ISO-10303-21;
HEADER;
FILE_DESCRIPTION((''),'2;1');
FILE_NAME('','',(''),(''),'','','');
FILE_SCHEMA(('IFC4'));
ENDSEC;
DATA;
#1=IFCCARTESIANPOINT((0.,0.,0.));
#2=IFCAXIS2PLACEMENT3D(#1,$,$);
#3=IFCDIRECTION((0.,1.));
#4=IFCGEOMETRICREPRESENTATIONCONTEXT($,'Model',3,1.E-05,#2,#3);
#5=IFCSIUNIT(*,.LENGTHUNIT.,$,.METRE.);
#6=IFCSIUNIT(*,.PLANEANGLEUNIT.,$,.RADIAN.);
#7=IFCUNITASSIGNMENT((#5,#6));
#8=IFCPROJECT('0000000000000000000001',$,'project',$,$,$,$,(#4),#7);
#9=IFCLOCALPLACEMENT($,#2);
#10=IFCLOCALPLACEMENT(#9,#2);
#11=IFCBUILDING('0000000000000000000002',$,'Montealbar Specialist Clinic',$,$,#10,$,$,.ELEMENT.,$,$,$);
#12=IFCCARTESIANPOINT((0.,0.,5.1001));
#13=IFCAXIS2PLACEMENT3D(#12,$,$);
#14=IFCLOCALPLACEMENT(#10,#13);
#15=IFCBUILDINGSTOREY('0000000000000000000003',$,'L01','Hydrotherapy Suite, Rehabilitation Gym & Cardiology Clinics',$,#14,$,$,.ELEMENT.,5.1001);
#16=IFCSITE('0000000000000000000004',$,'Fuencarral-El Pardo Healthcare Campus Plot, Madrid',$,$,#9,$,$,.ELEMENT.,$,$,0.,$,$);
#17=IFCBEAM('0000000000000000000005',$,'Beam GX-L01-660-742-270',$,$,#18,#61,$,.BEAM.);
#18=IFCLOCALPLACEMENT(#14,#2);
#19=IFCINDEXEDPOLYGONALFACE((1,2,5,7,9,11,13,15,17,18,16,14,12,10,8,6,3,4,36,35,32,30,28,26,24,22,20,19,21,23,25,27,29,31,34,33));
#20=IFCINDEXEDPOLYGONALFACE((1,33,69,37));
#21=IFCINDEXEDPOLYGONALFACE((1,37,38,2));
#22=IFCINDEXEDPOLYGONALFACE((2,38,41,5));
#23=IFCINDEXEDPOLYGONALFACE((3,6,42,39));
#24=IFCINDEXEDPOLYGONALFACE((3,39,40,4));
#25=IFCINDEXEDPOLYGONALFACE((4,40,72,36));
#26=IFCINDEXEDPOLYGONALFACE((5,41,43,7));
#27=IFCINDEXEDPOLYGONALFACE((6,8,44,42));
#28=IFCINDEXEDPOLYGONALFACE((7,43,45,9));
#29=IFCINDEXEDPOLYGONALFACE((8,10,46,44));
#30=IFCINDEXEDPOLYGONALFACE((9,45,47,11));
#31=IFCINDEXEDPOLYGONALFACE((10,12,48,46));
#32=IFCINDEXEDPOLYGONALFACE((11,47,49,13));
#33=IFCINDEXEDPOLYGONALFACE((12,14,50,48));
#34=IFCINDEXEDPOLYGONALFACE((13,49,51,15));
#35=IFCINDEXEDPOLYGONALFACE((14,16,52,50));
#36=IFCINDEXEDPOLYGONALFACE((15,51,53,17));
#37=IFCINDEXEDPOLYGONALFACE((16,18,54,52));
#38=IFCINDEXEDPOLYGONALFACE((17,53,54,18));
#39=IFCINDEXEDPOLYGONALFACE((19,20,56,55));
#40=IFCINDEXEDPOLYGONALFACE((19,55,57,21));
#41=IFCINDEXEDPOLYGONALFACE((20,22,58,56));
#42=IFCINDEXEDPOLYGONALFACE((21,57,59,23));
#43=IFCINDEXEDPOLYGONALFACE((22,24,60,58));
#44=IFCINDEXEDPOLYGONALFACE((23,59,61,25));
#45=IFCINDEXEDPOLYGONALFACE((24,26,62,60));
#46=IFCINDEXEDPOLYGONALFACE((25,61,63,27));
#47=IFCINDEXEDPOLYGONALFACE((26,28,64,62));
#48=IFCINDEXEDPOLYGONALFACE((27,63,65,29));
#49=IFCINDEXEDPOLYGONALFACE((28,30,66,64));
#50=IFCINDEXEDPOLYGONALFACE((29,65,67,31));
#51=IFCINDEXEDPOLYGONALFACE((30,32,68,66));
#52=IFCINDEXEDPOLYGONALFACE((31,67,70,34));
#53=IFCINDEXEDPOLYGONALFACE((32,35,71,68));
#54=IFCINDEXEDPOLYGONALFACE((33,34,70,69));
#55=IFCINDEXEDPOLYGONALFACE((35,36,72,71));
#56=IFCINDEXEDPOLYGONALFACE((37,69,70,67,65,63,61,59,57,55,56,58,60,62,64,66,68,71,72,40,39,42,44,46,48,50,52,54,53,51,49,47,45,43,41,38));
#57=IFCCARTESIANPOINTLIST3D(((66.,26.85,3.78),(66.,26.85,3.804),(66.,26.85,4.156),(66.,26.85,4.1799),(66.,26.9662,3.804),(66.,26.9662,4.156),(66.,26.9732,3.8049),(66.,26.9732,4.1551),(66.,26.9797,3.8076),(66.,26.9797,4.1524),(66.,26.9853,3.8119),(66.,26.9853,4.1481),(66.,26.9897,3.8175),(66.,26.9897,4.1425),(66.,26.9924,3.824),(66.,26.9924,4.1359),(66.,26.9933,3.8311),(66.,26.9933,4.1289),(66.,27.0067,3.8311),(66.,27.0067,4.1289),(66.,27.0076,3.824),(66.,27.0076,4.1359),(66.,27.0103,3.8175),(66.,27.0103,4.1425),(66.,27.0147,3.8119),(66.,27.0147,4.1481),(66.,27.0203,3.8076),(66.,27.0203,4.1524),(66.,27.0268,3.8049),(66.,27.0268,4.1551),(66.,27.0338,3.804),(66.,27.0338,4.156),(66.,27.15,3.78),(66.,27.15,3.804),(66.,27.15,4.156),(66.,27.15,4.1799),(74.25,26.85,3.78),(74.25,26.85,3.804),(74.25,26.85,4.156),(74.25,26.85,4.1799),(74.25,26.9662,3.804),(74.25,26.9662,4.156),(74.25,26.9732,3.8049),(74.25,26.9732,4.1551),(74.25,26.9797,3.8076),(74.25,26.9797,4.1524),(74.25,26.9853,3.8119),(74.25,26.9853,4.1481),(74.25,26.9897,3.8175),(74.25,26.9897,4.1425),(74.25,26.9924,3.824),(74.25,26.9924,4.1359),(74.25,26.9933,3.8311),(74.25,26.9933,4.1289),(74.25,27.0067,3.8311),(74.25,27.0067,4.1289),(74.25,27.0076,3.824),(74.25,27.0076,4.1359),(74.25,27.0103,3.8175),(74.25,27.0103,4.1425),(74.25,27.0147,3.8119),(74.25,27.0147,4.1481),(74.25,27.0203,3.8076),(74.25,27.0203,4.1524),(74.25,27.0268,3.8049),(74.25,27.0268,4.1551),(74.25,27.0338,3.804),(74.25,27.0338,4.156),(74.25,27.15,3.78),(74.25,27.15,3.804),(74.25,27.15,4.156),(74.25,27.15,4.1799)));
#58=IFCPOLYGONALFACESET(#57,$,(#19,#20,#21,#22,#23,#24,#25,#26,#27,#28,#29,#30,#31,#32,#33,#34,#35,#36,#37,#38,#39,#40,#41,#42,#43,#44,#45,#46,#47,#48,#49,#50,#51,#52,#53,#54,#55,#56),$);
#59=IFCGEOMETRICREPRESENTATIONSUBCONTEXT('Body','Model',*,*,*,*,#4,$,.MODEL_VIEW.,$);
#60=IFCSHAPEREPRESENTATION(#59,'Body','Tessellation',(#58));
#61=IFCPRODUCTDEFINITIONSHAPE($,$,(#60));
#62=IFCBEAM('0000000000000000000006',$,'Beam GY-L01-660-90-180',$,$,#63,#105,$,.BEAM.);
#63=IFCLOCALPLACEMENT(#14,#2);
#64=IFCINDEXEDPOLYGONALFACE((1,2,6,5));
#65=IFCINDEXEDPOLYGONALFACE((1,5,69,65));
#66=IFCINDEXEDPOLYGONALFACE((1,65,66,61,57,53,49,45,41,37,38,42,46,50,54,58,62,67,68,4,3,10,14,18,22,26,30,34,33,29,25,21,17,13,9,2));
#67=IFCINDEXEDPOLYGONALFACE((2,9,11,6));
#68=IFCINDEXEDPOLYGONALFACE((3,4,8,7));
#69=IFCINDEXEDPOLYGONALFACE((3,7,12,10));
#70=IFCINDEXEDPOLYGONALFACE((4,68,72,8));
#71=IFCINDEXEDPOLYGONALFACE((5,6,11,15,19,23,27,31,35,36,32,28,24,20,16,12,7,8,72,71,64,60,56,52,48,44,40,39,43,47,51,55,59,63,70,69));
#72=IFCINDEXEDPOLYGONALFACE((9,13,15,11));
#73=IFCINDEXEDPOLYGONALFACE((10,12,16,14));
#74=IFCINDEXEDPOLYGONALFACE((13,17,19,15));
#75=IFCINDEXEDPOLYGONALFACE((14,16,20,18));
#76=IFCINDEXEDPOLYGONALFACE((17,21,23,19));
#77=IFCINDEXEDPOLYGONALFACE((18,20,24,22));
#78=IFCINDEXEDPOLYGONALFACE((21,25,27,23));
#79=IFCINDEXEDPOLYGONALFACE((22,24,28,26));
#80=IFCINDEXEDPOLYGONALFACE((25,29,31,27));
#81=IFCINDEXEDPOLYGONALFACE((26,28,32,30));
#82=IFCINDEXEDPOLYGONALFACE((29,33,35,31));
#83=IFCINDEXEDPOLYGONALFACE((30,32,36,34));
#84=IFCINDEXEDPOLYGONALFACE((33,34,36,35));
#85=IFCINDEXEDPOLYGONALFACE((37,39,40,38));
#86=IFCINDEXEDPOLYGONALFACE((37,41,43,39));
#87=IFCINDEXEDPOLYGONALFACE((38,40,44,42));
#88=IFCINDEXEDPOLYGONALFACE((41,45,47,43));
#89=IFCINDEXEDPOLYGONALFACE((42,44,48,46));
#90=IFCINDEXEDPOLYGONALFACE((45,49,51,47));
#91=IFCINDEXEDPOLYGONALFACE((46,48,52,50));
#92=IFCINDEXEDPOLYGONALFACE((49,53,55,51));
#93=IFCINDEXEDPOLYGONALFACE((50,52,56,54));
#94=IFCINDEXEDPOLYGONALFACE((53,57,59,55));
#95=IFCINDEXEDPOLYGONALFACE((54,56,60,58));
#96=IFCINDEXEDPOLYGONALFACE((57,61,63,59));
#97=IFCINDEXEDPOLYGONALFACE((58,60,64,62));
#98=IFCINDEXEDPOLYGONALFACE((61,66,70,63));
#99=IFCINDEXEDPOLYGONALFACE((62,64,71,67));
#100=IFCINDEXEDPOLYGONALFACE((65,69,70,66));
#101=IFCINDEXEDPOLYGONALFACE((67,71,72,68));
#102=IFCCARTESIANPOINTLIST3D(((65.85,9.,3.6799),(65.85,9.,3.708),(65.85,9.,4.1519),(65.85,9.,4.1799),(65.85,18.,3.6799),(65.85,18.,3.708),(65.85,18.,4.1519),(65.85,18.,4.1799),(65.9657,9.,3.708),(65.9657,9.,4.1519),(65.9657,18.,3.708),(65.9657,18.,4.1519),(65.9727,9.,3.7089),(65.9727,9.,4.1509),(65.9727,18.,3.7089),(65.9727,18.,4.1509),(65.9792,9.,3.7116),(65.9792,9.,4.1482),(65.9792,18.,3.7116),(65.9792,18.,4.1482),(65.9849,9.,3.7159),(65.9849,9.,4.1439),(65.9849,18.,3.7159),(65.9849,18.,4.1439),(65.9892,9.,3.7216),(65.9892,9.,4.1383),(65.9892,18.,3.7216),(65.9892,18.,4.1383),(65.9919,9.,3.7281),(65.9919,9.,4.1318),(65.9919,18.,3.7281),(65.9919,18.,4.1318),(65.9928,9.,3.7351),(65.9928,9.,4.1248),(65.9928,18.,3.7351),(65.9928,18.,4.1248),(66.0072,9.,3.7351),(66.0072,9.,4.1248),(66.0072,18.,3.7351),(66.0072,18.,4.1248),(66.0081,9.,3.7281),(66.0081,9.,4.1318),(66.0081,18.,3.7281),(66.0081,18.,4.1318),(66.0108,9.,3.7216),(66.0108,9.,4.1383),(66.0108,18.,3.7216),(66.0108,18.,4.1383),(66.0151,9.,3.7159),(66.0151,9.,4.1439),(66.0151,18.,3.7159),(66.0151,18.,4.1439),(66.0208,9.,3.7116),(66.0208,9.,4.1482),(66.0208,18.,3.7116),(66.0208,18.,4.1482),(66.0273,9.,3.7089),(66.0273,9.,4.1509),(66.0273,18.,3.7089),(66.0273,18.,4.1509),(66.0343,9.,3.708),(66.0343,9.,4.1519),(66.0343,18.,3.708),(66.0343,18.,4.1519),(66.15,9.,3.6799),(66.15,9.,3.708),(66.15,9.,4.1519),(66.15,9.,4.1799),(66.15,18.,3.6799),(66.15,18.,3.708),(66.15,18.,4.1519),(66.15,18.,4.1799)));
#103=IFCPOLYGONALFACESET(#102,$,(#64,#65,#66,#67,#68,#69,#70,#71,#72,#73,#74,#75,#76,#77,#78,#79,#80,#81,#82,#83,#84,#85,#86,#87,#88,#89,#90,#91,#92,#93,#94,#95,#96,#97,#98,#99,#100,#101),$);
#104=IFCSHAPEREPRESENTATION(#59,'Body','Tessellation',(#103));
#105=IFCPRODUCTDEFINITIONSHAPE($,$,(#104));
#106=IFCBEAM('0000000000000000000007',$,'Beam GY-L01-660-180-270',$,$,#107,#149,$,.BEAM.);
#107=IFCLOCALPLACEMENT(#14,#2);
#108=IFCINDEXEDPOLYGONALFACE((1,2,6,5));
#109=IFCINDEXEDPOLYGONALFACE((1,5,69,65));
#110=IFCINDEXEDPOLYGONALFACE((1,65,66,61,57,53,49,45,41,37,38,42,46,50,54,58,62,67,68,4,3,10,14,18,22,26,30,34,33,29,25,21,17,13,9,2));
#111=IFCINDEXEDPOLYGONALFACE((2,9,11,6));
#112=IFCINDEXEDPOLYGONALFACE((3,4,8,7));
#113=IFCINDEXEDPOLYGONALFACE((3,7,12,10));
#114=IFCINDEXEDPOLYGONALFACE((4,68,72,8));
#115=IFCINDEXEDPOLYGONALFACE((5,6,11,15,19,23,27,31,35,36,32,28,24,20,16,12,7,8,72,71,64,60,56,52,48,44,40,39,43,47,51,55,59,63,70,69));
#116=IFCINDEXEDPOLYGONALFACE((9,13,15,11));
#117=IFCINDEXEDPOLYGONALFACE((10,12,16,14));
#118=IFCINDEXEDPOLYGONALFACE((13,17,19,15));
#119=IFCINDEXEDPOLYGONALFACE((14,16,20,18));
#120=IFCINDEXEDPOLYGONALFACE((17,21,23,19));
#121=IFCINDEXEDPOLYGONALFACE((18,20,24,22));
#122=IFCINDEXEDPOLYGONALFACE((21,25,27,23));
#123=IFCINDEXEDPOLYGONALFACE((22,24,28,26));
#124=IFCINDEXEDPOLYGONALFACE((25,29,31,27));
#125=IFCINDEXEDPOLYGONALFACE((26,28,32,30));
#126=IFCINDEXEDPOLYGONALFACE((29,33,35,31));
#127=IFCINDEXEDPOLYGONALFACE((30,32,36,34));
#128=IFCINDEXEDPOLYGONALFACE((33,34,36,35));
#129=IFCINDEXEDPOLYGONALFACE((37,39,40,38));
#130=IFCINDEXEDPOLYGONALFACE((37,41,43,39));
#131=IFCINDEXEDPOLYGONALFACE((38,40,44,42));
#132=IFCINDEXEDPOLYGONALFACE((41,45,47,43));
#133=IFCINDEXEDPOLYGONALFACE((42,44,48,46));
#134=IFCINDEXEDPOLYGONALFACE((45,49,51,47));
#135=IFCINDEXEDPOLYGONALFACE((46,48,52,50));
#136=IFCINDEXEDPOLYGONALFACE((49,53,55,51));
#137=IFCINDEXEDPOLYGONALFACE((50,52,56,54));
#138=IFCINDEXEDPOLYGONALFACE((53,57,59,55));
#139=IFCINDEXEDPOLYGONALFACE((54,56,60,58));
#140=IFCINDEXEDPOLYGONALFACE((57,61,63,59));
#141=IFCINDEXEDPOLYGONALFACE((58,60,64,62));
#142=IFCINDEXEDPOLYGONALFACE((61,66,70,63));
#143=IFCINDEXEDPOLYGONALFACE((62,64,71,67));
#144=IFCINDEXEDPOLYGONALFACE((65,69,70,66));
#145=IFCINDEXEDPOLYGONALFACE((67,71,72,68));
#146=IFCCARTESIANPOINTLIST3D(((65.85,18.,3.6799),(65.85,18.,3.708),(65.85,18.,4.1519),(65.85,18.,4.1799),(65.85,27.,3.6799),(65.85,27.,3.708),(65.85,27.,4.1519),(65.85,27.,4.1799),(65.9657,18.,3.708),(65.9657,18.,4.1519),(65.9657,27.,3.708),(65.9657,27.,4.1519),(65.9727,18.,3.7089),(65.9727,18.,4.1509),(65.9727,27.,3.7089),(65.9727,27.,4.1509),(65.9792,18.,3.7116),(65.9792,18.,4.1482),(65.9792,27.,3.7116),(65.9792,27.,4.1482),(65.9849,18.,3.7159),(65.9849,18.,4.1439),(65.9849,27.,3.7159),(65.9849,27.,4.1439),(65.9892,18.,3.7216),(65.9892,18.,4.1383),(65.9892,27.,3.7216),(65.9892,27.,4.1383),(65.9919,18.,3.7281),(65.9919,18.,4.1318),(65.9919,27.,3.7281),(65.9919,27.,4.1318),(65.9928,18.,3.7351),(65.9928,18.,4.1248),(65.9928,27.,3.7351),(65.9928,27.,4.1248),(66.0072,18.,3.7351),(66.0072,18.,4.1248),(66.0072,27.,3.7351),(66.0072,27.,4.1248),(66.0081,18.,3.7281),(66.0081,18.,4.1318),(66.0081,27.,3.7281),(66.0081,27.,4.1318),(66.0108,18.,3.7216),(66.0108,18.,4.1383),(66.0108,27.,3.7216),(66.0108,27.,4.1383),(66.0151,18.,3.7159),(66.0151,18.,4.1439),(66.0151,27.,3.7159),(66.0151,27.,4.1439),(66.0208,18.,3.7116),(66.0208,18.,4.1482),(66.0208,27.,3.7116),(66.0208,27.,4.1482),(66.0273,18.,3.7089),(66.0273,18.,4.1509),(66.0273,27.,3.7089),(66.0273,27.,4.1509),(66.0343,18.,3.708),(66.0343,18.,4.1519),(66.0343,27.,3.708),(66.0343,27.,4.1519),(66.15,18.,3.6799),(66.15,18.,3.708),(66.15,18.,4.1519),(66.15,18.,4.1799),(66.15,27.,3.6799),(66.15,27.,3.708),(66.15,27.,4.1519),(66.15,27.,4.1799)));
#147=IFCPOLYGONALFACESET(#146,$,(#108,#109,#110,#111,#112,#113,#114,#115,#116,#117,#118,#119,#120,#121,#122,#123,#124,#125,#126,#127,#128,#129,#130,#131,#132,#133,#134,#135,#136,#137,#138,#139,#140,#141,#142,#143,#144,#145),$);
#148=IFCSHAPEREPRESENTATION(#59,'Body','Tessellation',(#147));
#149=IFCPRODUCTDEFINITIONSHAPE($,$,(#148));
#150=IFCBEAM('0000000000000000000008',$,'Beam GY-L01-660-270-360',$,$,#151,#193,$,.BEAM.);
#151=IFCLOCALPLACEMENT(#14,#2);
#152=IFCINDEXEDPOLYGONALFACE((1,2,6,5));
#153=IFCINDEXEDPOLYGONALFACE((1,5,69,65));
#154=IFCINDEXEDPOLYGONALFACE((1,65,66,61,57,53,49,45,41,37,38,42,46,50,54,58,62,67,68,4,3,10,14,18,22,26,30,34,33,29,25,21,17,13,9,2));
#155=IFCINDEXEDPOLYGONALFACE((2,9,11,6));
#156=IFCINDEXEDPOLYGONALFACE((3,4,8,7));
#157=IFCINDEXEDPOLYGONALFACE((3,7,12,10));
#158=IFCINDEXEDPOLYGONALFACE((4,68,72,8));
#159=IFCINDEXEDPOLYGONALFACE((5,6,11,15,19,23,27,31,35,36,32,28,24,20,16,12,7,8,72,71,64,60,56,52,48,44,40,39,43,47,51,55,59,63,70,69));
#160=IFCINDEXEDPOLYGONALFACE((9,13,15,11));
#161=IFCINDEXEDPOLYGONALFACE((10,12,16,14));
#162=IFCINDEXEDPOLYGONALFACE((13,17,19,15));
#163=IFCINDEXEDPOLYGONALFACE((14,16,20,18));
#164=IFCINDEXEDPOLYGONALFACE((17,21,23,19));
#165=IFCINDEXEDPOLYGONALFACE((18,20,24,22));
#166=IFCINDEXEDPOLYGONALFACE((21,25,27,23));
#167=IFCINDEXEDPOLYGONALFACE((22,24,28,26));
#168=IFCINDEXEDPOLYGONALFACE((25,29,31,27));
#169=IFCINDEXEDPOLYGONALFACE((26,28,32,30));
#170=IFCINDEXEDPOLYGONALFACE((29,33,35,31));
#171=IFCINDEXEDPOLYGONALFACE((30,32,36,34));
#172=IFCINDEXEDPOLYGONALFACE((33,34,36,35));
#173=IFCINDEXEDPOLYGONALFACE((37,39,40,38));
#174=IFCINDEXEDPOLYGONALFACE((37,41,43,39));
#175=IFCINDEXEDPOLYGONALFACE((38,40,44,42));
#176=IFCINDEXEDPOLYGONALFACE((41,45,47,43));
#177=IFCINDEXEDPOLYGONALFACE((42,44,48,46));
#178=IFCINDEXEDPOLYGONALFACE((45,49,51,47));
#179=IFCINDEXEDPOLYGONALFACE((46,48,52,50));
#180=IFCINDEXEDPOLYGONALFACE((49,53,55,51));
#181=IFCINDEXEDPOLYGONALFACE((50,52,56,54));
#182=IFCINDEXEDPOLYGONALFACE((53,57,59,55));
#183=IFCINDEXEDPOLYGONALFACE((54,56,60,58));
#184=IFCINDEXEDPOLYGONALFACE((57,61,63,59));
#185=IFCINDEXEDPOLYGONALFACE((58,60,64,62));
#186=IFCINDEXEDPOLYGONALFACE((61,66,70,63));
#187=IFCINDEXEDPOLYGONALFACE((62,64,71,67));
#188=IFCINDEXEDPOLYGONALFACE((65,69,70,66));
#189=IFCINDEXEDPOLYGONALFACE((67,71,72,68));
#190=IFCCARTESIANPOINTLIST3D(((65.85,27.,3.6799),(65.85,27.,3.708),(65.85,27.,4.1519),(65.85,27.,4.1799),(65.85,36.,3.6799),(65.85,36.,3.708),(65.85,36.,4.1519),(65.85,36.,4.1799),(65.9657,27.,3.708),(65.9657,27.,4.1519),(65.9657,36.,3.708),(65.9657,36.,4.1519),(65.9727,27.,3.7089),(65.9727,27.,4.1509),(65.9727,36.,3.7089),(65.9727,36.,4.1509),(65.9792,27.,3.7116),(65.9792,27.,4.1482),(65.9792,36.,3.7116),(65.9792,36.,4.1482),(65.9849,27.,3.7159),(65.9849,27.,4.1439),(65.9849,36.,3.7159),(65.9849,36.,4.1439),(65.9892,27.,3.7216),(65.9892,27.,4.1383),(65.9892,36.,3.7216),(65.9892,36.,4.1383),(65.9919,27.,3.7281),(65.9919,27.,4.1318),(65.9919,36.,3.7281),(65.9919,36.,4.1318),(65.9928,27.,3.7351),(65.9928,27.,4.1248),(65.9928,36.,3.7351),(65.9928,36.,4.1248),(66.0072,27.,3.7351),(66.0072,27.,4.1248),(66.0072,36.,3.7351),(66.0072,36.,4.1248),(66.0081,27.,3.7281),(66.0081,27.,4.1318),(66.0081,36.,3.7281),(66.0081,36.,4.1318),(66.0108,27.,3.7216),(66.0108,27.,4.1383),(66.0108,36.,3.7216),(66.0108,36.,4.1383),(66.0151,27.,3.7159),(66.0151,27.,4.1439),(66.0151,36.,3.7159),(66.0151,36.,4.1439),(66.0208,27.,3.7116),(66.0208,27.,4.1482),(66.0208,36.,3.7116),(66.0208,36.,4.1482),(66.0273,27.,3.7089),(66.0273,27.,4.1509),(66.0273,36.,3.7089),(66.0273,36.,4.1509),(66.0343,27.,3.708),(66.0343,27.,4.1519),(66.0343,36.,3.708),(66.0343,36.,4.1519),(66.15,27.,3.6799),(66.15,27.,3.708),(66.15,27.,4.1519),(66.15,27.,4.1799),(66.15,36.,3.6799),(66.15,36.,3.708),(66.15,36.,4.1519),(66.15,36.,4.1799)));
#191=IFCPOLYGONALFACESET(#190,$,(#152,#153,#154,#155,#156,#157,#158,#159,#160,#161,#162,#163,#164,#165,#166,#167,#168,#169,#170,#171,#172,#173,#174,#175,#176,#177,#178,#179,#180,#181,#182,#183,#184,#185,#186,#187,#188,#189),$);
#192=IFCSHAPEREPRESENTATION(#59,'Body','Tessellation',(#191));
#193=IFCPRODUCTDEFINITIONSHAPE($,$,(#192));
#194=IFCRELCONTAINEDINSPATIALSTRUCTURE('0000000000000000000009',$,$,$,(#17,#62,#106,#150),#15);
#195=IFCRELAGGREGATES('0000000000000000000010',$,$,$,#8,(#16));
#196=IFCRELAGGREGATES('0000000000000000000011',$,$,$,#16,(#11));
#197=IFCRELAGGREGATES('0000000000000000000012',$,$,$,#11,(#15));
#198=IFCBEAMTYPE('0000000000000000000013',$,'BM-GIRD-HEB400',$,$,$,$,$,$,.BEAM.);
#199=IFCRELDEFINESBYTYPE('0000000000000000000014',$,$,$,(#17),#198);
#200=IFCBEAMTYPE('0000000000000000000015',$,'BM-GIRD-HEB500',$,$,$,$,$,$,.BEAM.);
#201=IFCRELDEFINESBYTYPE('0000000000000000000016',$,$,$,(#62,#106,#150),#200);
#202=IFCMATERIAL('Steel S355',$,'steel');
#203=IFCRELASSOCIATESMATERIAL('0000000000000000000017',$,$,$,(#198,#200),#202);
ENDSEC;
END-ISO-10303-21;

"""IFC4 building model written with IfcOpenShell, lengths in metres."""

from ifc_helpers import new_model, si_unit, direction, frame, origin, origin_2d, place, context, subcontext, project, spatial, i_section, extrude, material, material_profile, profile_set, type_object, element, save


model = new_model("IFC4")

# Units and contexts
model_context = context("Model", 3, precision=1e-05, world=origin(), true_north=direction((0.0, 1.0)))
body_context = subcontext(model_context, "Body", "Model", "MODEL_VIEW")
ifc_project = project(units=[si_unit("LENGTHUNIT", "METRE"), si_unit("PLANEANGLEUNIT", "RADIAN")], contexts=[model_context])

# Site, building, storey
site_placement = place(None, origin())
site = spatial("IfcSite", under=ifc_project, at=site_placement, Name="Fuencarral-El Pardo Healthcare Campus Plot, Madrid", CompositionType="ELEMENT", RefElevation=0.0)
building_placement = place(site_placement, origin())
building = spatial("IfcBuilding", under=site, at=building_placement, Name="Montealbar Specialist Clinic", CompositionType="ELEMENT")
storey_placement = place(building_placement, frame((0.0, 0.0, 5.1001)))
storey = spatial("IfcBuildingStorey", under=building, at=storey_placement, Name="L01", Description="Hydrotherapy Suite, Rehabilitation Gym & Cardiology Clinics", CompositionType="ELEMENT", Elevation=5.1001)

# Shared definitions
ifc_material_1 = material(Name="Steel S355", Category="steel")

# Beams
ifc_material_profile_1 = material_profile(ifc_material_1, i_section(OverallWidth=0.3, OverallDepth=0.3999, WebThickness=0.0134, FlangeThickness=0.0239, FilletRadius=0.0271, at=origin_2d()), Name="HEB 400", Category="steel")
ifc_profile_set_1 = profile_set([ifc_material_profile_1], Name="Steel S355")
beam_type_1 = type_object("IfcBeamType", Name="BM-GIRD-HEB400", PredefinedType="BEAM", material=ifc_profile_set_1)
for number, where, z_axis, x_axis, name in (
    (1, (66.0, 27.0, 3.98), (1.0, 0.0, 0.0), (0.0, 1.0, 0.0), "Beam GX-L01-660-742-270"),
):
    element("IfcBeam", number, at=place(storey_placement, frame(where, z_axis=z_axis, x_axis=x_axis)), inside=storey, type_object=beam_type_1, Name=name, PredefinedType="BEAM", context=body_context, shape_type="SweptSolid", body=[
        extrude(i_section(OverallWidth=0.3, OverallDepth=0.3999, WebThickness=0.0134, FlangeThickness=0.0239, FilletRadius=0.0271, at=origin_2d()), origin(), (0.0, 0.0, 1.0), 8.25),
    ])
ifc_material_profile_2 = material_profile(ifc_material_1, i_section(OverallWidth=0.3, OverallDepth=0.5, WebThickness=0.0144, FlangeThickness=0.0281, FilletRadius=0.0271, at=origin_2d()), Name="HEB 500", Category="steel")
ifc_profile_set_2 = profile_set([ifc_material_profile_2], Name="Steel S355")
beam_type_2 = type_object("IfcBeamType", Name="BM-GIRD-HEB500", PredefinedType="BEAM", material=ifc_profile_set_2)
for number, where, z_axis, x_axis, name in (
    (2, (66.0, 9.0, 3.9299), (0.0, 1.0, 0.0), (-1.0, 0.0, 0.0), "Beam GY-L01-660-90-180"),
    (3, (66.0, 18.0, 3.9299), (0.0, 1.0, 0.0), (-1.0, 0.0, 0.0), "Beam GY-L01-660-180-270"),
    (4, (66.0, 27.0, 3.9299), (0.0, 1.0, 0.0), (-1.0, 0.0, 0.0), "Beam GY-L01-660-270-360"),
):
    element("IfcBeam", number, at=place(storey_placement, frame(where, z_axis=z_axis, x_axis=x_axis)), inside=storey, type_object=beam_type_2, Name=name, PredefinedType="BEAM", context=body_context, shape_type="SweptSolid", body=[
        extrude(i_section(OverallWidth=0.3, OverallDepth=0.5, WebThickness=0.0144, FlangeThickness=0.0281, FilletRadius=0.0271, at=origin_2d()), origin(), (0.0, 0.0, 1.0), 9.0),
    ])

save(model, "model.ifc")
